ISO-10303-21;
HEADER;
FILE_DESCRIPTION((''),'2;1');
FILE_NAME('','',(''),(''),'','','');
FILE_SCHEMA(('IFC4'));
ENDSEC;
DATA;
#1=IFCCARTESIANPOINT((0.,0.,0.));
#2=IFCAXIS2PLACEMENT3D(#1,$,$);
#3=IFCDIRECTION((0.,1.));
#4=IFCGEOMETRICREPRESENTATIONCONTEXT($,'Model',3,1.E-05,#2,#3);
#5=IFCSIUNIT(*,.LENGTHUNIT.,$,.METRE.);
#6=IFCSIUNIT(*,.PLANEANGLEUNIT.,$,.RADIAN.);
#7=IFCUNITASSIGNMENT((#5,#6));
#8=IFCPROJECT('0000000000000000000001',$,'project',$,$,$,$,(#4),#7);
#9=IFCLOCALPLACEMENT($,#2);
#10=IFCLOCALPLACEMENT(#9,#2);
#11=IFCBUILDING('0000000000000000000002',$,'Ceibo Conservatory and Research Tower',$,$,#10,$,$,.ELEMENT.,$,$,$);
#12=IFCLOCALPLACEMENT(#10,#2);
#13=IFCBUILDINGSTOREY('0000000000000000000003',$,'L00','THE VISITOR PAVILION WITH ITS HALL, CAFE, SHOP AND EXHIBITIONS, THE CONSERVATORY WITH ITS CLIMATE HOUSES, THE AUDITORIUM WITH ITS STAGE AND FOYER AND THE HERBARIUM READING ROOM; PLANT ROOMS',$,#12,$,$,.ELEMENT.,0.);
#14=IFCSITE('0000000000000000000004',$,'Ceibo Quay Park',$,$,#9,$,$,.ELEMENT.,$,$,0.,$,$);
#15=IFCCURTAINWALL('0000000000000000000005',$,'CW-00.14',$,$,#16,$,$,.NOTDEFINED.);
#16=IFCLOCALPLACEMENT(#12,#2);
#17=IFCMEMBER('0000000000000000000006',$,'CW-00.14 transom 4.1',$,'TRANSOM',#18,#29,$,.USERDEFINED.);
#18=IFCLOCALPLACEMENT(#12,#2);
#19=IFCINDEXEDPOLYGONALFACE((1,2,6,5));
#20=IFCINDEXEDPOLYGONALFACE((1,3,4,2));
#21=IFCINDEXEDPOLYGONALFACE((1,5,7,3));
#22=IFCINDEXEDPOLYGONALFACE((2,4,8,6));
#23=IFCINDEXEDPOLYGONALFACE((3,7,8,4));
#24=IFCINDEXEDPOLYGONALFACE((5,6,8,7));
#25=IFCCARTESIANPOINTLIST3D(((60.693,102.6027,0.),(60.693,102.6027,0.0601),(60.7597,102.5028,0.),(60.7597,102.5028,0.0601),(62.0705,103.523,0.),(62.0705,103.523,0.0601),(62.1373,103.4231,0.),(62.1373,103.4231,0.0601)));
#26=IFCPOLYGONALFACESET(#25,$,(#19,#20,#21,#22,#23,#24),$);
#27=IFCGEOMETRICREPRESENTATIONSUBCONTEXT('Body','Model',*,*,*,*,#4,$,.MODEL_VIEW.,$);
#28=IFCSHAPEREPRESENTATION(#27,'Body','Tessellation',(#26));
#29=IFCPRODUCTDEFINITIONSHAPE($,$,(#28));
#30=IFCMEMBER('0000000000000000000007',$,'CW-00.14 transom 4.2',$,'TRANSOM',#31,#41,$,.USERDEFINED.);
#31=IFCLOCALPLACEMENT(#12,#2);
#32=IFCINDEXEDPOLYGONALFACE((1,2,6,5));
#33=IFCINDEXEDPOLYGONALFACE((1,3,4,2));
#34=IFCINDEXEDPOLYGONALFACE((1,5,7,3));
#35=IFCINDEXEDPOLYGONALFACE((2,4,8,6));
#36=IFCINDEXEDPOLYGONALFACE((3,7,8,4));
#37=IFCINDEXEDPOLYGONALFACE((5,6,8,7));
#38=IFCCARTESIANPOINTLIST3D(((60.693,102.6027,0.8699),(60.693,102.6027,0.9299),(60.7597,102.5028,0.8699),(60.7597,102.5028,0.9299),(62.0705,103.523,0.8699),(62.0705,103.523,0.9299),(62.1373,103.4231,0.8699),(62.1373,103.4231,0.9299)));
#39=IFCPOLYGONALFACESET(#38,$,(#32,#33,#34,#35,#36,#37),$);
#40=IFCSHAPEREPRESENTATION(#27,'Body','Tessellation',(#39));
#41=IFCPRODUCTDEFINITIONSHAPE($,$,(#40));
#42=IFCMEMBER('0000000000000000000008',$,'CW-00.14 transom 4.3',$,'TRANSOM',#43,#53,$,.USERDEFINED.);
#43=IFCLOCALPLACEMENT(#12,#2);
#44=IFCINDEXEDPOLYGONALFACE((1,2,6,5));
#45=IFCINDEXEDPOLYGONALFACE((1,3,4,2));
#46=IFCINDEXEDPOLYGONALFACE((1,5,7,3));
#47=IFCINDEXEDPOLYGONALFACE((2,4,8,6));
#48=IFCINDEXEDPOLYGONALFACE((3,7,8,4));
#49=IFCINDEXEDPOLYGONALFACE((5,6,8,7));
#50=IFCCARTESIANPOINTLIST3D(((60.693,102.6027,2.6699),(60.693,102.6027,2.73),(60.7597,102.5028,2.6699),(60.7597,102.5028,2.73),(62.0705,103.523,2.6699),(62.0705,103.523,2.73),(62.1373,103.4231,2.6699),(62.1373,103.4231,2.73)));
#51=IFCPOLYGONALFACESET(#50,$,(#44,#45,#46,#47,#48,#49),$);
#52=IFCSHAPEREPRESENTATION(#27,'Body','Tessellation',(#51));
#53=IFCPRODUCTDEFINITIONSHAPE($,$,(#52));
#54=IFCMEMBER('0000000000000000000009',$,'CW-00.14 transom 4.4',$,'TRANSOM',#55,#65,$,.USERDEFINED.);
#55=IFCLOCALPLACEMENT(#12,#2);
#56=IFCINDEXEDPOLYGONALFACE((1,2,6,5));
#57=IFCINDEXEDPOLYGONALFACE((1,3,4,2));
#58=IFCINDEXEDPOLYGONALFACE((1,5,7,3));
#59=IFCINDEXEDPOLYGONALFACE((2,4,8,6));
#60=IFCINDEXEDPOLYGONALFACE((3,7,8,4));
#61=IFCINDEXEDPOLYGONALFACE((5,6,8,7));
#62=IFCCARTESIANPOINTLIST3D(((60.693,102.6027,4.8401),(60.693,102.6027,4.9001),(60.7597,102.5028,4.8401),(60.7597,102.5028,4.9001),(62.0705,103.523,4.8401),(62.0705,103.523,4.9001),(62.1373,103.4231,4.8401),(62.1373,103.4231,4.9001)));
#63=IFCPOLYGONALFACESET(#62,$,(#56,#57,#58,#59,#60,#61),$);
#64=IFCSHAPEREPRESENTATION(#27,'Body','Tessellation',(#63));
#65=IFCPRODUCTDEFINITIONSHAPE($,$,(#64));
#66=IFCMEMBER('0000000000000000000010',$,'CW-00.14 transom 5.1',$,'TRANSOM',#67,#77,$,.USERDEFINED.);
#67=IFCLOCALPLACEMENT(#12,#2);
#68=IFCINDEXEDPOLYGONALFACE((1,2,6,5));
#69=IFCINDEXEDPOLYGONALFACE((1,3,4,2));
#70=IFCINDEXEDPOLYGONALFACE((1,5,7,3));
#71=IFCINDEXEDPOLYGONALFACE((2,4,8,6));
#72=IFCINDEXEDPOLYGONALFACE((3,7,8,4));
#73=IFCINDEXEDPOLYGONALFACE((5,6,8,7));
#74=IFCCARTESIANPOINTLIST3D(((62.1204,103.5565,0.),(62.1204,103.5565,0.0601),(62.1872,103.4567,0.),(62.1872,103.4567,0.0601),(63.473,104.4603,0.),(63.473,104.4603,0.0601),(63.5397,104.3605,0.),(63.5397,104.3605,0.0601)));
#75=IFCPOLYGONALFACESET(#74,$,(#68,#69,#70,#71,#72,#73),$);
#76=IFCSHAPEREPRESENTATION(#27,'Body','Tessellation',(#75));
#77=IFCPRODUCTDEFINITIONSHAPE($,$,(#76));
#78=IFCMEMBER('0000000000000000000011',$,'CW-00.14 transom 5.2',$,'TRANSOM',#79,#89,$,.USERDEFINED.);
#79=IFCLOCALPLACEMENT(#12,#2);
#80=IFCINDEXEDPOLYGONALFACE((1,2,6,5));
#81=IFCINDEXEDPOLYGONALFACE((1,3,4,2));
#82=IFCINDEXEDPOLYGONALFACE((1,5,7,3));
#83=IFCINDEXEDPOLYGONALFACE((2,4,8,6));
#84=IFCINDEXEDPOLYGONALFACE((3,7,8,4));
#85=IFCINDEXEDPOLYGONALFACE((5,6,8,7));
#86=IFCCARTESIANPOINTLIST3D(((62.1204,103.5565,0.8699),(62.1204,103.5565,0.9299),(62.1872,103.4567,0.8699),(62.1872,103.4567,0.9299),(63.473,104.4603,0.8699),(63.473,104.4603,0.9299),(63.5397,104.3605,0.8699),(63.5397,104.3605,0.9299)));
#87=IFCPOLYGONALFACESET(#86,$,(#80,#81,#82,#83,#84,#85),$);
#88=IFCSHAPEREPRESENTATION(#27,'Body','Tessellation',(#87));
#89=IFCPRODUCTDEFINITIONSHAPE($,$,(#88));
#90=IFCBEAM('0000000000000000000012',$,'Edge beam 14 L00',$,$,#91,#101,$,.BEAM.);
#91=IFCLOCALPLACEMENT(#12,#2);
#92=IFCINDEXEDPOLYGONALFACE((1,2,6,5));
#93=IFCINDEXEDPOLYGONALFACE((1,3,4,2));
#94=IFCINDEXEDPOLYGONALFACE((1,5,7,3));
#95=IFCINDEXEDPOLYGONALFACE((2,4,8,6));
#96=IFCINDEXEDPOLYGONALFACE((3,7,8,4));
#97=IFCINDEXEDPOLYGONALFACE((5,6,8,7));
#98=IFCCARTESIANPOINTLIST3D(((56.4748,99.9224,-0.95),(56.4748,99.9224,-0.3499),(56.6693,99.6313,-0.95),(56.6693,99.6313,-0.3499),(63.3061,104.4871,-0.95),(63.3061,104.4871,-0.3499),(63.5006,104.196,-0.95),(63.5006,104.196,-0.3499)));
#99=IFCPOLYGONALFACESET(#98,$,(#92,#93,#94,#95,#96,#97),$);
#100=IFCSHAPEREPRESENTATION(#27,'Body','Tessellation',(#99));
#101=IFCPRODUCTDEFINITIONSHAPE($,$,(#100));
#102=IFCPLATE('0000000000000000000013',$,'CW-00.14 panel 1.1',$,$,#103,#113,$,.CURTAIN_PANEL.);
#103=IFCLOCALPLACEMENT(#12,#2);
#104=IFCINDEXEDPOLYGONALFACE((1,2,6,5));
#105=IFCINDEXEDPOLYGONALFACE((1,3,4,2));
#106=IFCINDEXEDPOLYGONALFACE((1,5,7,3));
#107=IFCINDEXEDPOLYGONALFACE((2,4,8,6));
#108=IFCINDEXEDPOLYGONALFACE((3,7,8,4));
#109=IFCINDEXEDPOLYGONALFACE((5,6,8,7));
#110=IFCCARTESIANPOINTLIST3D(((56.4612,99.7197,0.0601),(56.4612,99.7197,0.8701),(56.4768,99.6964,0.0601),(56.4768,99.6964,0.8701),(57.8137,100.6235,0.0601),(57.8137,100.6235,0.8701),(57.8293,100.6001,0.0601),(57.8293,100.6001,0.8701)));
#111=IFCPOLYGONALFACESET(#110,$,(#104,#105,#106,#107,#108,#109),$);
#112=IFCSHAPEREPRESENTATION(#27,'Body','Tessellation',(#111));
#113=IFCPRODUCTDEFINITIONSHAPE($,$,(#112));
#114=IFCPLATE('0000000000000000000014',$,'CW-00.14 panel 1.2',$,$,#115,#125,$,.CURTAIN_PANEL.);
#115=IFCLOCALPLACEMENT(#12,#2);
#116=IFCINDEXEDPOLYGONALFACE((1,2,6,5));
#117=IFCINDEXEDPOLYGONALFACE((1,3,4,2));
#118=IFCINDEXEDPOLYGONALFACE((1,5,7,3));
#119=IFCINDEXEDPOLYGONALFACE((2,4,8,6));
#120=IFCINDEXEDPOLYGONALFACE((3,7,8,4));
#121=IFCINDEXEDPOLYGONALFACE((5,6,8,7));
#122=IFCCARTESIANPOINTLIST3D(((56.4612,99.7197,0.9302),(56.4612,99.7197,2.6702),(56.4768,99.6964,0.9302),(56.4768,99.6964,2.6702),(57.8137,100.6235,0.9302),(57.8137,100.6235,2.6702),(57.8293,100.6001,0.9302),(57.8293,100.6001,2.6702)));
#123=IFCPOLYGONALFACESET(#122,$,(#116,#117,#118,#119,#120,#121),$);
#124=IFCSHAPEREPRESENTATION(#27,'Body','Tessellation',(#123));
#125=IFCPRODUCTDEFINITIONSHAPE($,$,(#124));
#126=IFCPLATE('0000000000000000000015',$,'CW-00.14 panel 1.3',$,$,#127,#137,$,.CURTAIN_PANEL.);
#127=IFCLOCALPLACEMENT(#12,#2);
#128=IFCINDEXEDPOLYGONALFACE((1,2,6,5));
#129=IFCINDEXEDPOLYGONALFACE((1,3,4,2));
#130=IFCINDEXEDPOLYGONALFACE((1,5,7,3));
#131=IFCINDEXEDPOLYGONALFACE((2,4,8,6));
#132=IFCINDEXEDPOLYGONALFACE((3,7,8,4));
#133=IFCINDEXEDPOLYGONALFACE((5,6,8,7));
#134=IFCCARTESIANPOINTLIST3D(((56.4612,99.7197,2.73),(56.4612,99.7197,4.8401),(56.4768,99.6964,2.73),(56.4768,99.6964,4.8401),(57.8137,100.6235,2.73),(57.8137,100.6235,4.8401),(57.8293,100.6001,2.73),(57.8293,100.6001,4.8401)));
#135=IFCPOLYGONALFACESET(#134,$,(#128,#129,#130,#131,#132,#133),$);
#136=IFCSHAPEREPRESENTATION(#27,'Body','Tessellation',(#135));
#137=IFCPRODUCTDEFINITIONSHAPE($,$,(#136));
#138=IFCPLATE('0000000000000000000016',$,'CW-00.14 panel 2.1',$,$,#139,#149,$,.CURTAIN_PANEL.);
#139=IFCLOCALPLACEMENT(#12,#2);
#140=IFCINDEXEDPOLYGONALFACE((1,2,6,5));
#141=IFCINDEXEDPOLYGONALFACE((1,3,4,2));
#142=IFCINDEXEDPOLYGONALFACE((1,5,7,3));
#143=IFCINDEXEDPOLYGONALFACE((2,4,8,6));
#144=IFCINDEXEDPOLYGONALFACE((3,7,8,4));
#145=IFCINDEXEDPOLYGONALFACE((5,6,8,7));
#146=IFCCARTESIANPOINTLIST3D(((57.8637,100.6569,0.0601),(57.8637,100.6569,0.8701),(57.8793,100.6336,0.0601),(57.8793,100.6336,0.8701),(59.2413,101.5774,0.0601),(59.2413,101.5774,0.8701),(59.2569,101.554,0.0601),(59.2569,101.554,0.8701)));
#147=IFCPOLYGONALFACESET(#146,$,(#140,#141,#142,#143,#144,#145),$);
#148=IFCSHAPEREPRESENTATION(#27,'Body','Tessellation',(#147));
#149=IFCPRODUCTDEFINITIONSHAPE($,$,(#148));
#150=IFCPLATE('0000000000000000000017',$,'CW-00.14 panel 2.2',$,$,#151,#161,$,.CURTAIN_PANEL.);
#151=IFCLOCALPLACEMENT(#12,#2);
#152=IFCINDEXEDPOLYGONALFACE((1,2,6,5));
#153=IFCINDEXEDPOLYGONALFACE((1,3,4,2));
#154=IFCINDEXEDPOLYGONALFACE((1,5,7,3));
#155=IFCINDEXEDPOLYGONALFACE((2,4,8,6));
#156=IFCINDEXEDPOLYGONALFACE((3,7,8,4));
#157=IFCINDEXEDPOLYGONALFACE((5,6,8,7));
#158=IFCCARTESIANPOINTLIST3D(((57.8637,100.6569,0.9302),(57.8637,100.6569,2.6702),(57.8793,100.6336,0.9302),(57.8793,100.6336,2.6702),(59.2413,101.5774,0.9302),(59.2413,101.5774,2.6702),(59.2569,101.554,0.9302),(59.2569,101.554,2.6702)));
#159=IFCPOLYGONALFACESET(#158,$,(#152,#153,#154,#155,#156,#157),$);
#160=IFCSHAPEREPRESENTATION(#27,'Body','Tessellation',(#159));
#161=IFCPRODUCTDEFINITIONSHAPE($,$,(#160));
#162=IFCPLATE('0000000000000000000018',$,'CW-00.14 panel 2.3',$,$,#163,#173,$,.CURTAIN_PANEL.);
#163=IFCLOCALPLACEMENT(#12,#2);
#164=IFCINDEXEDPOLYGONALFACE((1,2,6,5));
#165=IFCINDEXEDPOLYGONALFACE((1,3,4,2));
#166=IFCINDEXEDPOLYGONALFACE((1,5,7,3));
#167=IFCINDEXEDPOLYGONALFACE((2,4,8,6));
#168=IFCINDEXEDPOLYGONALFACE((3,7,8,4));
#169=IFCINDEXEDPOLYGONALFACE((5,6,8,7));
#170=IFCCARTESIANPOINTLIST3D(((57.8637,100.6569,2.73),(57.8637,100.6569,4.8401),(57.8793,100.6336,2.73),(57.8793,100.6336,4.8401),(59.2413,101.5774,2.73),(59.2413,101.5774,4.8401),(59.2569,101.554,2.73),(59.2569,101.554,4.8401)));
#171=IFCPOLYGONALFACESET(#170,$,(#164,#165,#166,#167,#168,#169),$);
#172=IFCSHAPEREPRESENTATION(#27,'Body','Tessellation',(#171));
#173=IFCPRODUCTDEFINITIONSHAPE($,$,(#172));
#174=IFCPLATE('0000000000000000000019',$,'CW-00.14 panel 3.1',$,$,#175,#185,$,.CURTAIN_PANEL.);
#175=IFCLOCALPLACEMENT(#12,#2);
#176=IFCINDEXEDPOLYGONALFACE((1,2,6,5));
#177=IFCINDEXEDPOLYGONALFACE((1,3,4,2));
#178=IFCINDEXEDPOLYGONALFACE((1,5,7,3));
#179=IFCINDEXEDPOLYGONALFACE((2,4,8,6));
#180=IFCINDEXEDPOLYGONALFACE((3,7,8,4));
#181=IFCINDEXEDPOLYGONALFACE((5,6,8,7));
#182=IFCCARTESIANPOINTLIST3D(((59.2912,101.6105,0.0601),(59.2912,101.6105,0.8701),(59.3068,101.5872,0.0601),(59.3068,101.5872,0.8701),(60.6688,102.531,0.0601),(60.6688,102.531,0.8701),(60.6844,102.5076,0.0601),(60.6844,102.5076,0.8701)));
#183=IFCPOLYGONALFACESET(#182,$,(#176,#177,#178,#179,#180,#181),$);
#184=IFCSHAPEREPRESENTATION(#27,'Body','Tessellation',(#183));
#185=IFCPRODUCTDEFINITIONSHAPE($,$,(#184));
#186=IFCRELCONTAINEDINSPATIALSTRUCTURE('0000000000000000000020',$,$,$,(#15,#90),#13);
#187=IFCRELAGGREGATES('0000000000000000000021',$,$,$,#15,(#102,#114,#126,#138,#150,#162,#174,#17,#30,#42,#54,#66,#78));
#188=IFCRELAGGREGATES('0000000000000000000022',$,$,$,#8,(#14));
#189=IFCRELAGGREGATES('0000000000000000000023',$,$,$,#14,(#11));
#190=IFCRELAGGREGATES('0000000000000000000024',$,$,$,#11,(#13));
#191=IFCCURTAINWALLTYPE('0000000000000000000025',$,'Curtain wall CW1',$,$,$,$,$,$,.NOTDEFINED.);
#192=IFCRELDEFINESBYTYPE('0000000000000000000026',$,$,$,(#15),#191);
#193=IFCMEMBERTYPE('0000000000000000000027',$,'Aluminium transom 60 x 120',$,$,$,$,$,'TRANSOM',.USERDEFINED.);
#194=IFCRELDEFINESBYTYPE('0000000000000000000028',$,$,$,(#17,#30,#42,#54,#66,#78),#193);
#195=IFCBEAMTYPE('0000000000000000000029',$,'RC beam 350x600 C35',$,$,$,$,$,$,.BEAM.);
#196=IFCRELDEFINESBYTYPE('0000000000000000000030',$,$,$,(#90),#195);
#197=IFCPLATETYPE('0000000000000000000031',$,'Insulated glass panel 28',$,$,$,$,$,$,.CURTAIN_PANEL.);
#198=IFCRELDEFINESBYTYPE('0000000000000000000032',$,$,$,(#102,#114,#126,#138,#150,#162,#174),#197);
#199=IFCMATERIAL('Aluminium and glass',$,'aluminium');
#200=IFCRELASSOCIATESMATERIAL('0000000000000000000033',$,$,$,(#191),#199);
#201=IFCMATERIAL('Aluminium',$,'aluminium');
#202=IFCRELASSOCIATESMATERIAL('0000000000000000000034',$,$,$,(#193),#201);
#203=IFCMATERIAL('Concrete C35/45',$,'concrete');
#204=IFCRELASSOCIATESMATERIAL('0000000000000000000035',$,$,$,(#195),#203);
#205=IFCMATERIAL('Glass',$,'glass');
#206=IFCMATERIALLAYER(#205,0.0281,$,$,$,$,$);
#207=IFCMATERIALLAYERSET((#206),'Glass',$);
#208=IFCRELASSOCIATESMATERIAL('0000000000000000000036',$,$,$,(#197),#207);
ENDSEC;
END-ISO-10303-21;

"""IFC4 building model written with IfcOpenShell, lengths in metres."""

from ifc_helpers import new_model, si_unit, direction, frame, origin, origin_2d, place, context, subcontext, project, spatial, rectangle, extrude, material, layer, layer_set, material_profile, profile_set, type_object, element, aggregate, save


model = new_model("IFC4")

# Units and contexts
model_context = context("Model", 3, precision=1e-05, world=origin(), true_north=direction((0.0, 1.0)))
body_context = subcontext(model_context, "Body", "Model", "MODEL_VIEW")
ifc_project = project(units=[si_unit("LENGTHUNIT", "METRE"), si_unit("PLANEANGLEUNIT", "RADIAN")], contexts=[model_context])

# Site, building, storey
site_placement = place(None, origin())
site = spatial("IfcSite", under=ifc_project, at=site_placement, Name="Ceibo Quay Park", CompositionType="ELEMENT", RefElevation=0.0)
building_placement = place(site_placement, origin())
building = spatial("IfcBuilding", under=site, at=building_placement, Name="Ceibo Conservatory and Research Tower", CompositionType="ELEMENT")
storey_placement = place(building_placement, origin())
storey = spatial("IfcBuildingStorey", under=building, at=storey_placement, Name="L00", Description="THE VISITOR PAVILION WITH ITS HALL, CAFE, SHOP AND EXHIBITIONS, THE CONSERVATORY WITH ITS CLIMATE HOUSES, THE AUDITORIUM WITH ITS STAGE AND FOYER AND THE HERBARIUM READING ROOM; PLANT ROOMS", CompositionType="ELEMENT", Elevation=0.0)

# Curtain wall, members
ifc_material_1 = material(Name="Aluminium and glass", Category="aluminium")
curtain_wall_type = type_object("IfcCurtainWallType", Name="Curtain wall CW1", PredefinedType="NOTDEFINED", material=ifc_material_1)
curtain_wall_placement = place(storey_placement, origin())
curtain_wall = element("IfcCurtainWall", 1, at=curtain_wall_placement, inside=storey, type_object=curtain_wall_type, Name="CW-00.14", PredefinedType="NOTDEFINED")
ifc_material_2 = material(Name="Aluminium", Category="aluminium")
ifc_material_profile_1 = material_profile(ifc_material_2, rectangle(XDim=0.1201, YDim=0.0601, at=origin_2d()), Name="Aluminium 60 x 120")
ifc_profile_set_1 = profile_set([ifc_material_profile_1], Name="Aluminium")
member_type_1 = type_object("IfcMemberType", Name="Aluminium transom 60 x 120", ElementType="TRANSOM", PredefinedType="USERDEFINED", material=ifc_profile_set_1)
member_1_placement = place(storey_placement, frame((60.7263, 102.5527, 0.03), z_axis=(0.831506, 0.555516, 0.0), x_axis=(-0.555516, 0.831506, 0.0)))
member_1 = element("IfcMember", 2, at=member_1_placement, type_object=member_type_1, Name="CW-00.14 transom 4.1", ObjectType="TRANSOM", PredefinedType="USERDEFINED", context=body_context, shape_type="SweptSolid", body=[
    extrude(rectangle(XDim=0.1201, YDim=0.0601, at=origin_2d()), origin(), (0.0, 0.0, 1.0), 1.6567),
])
member_2_placement = place(storey_placement, frame((60.7263, 102.5527, 0.8999), z_axis=(0.831506, 0.555516, 0.0), x_axis=(-0.555516, 0.831506, 0.0)))
member_2 = element("IfcMember", 3, at=member_2_placement, type_object=member_type_1, Name="CW-00.14 transom 4.2", ObjectType="TRANSOM", PredefinedType="USERDEFINED", context=body_context, shape_type="SweptSolid", body=[
    extrude(rectangle(XDim=0.1201, YDim=0.0601, at=origin_2d()), origin(), (0.0, 0.0, 1.0), 1.6567),
])
member_3_placement = place(storey_placement, frame((60.7263, 102.5527, 2.7), z_axis=(0.831506, 0.555516, 0.0), x_axis=(-0.555516, 0.831506, 0.0)))
member_3 = element("IfcMember", 4, at=member_3_placement, type_object=member_type_1, Name="CW-00.14 transom 4.3", ObjectType="TRANSOM", PredefinedType="USERDEFINED", context=body_context, shape_type="SweptSolid", body=[
    extrude(rectangle(XDim=0.1201, YDim=0.0601, at=origin_2d()), origin(), (0.0, 0.0, 1.0), 1.6567),
])
member_4_placement = place(storey_placement, frame((60.7263, 102.5527, 4.8701), z_axis=(0.831506, 0.555516, 0.0), x_axis=(-0.555516, 0.831506, 0.0)))
member_4 = element("IfcMember", 5, at=member_4_placement, type_object=member_type_1, Name="CW-00.14 transom 4.4", ObjectType="TRANSOM", PredefinedType="USERDEFINED", context=body_context, shape_type="SweptSolid", body=[
    extrude(rectangle(XDim=0.1201, YDim=0.0601, at=origin_2d()), origin(), (0.0, 0.0, 1.0), 1.6567),
])
member_5_placement = place(storey_placement, frame((62.1538, 103.5066, 0.03), z_axis=(0.831449, 0.5556, 0.0), x_axis=(-0.5556, 0.831449, 0.0)))
member_5 = element("IfcMember", 6, at=member_5_placement, type_object=member_type_1, Name="CW-00.14 transom 5.1", ObjectType="TRANSOM", PredefinedType="USERDEFINED", context=body_context, shape_type="SweptSolid", body=[
    extrude(rectangle(XDim=0.1201, YDim=0.0601, at=origin_2d()), origin(), (0.0, 0.0, 1.0), 1.6267),
])
member_6_placement = place(storey_placement, frame((62.1538, 103.5066, 0.8999), z_axis=(0.831449, 0.5556, 0.0), x_axis=(-0.5556, 0.831449, 0.0)))
member_6 = element("IfcMember", 7, at=member_6_placement, type_object=member_type_1, Name="CW-00.14 transom 5.2", ObjectType="TRANSOM", PredefinedType="USERDEFINED", context=body_context, shape_type="SweptSolid", body=[
    extrude(rectangle(XDim=0.1201, YDim=0.0601, at=origin_2d()), origin(), (0.0, 0.0, 1.0), 1.6267),
])

# Beam
ifc_material_3 = material(Name="Concrete C35/45", Category="concrete")
ifc_material_profile_2 = material_profile(ifc_material_3, rectangle(XDim=0.3501, YDim=0.6001, at=origin_2d()), Name="RC 350x600")
ifc_profile_set_2 = profile_set([ifc_material_profile_2], Name="Concrete C35/45")
beam_type = type_object("IfcBeamType", Name="RC beam 350x600 C35", PredefinedType="BEAM", material=ifc_profile_set_2)
beam_placement = place(storey_placement, frame((56.572, 99.7769, -0.6499), z_axis=(0.83146, 0.555584, 0.0), x_axis=(-0.555584, 0.83146, 0.0)))
element("IfcBeam", 8, at=beam_placement, inside=storey, type_object=beam_type, Name="Edge beam 14 L00", PredefinedType="BEAM", context=body_context, shape_type="SweptSolid", body=[
    extrude(rectangle(XDim=0.3501, YDim=0.6001, at=origin_2d()), origin(), (0.0, 0.0, 1.0), 8.2161),
])

# Plates
ifc_material_4 = material(Name="Glass", Category="glass")
ifc_layer = layer(ifc_material_4, 0.0281)
ifc_layer_set = layer_set([ifc_layer], Name="Glass")
plate_type = type_object("IfcPlateType", Name="Insulated glass panel 28", PredefinedType="CURTAIN_PANEL", material=ifc_layer_set)
plate_1_placement = place(storey_placement, frame((57.1453, 100.1599, 0.0601), z_axis=(0.0, 0.0, 1.0), x_axis=(0.83147, 0.55557, 0.0)))
plate_1 = element("IfcPlate", 9, at=plate_1_placement, type_object=plate_type, Name="CW-00.14 panel 1.1", PredefinedType="CURTAIN_PANEL", context=body_context, shape_type="SweptSolid", body=[
    extrude(rectangle(XDim=1.6267, YDim=0.0281, at=origin_2d()), origin(), (0.0, 0.0, 1.0), 0.8101),
])
plate_2_placement = place(storey_placement, frame((57.1453, 100.1599, 0.9302), z_axis=(0.0, 0.0, 1.0), x_axis=(0.83147, 0.55557, 0.0)))
plate_2 = element("IfcPlate", 10, at=plate_2_placement, type_object=plate_type, Name="CW-00.14 panel 1.2", PredefinedType="CURTAIN_PANEL", context=body_context, shape_type="SweptSolid", body=[
    extrude(rectangle(XDim=1.6267, YDim=0.0281, at=origin_2d()), origin(), (0.0, 0.0, 1.0), 1.74),
])
plate_3_placement = place(storey_placement, frame((57.1453, 100.1599, 2.73), z_axis=(0.0, 0.0, 1.0), x_axis=(0.83147, 0.55557, 0.0)))
plate_3 = element("IfcPlate", 11, at=plate_3_placement, type_object=plate_type, Name="CW-00.14 panel 1.3", PredefinedType="CURTAIN_PANEL", context=body_context, shape_type="SweptSolid", body=[
    extrude(rectangle(XDim=1.6267, YDim=0.0281, at=origin_2d()), origin(), (0.0, 0.0, 1.0), 2.1101),
])
plate_4_placement = place(storey_placement, frame((58.5603, 101.1055, 0.0601), z_axis=(0.0, 0.0, 1.0), x_axis=(0.83147, 0.55557, 0.0)))
plate_4 = element("IfcPlate", 12, at=plate_4_placement, type_object=plate_type, Name="CW-00.14 panel 2.1", PredefinedType="CURTAIN_PANEL", context=body_context, shape_type="SweptSolid", body=[
    extrude(rectangle(XDim=1.6567, YDim=0.0281, at=origin_2d()), origin(), (0.0, 0.0, 1.0), 0.8101),
])
plate_5_placement = place(storey_placement, frame((58.5603, 101.1055, 0.9302), z_axis=(0.0, 0.0, 1.0), x_axis=(0.83147, 0.55557, 0.0)))
plate_5 = element("IfcPlate", 13, at=plate_5_placement, type_object=plate_type, Name="CW-00.14 panel 2.2", PredefinedType="CURTAIN_PANEL", context=body_context, shape_type="SweptSolid", body=[
    extrude(rectangle(XDim=1.6567, YDim=0.0281, at=origin_2d()), origin(), (0.0, 0.0, 1.0), 1.74),
])
plate_6_placement = place(storey_placement, frame((58.5603, 101.1055, 2.73), z_axis=(0.0, 0.0, 1.0), x_axis=(0.83147, 0.55557, 0.0)))
plate_6 = element("IfcPlate", 14, at=plate_6_placement, type_object=plate_type, Name="CW-00.14 panel 2.3", PredefinedType="CURTAIN_PANEL", context=body_context, shape_type="SweptSolid", body=[
    extrude(rectangle(XDim=1.6567, YDim=0.0281, at=origin_2d()), origin(), (0.0, 0.0, 1.0), 2.1101),
])
plate_7_placement = place(storey_placement, frame((59.9878, 102.0591, 0.0601), z_axis=(0.0, 0.0, 1.0), x_axis=(0.83147, 0.55557, 0.0)))
plate_7 = element("IfcPlate", 15, at=plate_7_placement, type_object=plate_type, Name="CW-00.14 panel 3.1", PredefinedType="CURTAIN_PANEL", context=body_context, shape_type="SweptSolid", body=[
    extrude(rectangle(XDim=1.6567, YDim=0.0281, at=origin_2d()), origin(), (0.0, 0.0, 1.0), 0.8101),
])
aggregate(curtain_wall, [plate_1, plate_2, plate_3, plate_4, plate_5, plate_6, plate_7, member_1, member_2, member_3, member_4, member_5, member_6])

save(model, "model.ifc")
